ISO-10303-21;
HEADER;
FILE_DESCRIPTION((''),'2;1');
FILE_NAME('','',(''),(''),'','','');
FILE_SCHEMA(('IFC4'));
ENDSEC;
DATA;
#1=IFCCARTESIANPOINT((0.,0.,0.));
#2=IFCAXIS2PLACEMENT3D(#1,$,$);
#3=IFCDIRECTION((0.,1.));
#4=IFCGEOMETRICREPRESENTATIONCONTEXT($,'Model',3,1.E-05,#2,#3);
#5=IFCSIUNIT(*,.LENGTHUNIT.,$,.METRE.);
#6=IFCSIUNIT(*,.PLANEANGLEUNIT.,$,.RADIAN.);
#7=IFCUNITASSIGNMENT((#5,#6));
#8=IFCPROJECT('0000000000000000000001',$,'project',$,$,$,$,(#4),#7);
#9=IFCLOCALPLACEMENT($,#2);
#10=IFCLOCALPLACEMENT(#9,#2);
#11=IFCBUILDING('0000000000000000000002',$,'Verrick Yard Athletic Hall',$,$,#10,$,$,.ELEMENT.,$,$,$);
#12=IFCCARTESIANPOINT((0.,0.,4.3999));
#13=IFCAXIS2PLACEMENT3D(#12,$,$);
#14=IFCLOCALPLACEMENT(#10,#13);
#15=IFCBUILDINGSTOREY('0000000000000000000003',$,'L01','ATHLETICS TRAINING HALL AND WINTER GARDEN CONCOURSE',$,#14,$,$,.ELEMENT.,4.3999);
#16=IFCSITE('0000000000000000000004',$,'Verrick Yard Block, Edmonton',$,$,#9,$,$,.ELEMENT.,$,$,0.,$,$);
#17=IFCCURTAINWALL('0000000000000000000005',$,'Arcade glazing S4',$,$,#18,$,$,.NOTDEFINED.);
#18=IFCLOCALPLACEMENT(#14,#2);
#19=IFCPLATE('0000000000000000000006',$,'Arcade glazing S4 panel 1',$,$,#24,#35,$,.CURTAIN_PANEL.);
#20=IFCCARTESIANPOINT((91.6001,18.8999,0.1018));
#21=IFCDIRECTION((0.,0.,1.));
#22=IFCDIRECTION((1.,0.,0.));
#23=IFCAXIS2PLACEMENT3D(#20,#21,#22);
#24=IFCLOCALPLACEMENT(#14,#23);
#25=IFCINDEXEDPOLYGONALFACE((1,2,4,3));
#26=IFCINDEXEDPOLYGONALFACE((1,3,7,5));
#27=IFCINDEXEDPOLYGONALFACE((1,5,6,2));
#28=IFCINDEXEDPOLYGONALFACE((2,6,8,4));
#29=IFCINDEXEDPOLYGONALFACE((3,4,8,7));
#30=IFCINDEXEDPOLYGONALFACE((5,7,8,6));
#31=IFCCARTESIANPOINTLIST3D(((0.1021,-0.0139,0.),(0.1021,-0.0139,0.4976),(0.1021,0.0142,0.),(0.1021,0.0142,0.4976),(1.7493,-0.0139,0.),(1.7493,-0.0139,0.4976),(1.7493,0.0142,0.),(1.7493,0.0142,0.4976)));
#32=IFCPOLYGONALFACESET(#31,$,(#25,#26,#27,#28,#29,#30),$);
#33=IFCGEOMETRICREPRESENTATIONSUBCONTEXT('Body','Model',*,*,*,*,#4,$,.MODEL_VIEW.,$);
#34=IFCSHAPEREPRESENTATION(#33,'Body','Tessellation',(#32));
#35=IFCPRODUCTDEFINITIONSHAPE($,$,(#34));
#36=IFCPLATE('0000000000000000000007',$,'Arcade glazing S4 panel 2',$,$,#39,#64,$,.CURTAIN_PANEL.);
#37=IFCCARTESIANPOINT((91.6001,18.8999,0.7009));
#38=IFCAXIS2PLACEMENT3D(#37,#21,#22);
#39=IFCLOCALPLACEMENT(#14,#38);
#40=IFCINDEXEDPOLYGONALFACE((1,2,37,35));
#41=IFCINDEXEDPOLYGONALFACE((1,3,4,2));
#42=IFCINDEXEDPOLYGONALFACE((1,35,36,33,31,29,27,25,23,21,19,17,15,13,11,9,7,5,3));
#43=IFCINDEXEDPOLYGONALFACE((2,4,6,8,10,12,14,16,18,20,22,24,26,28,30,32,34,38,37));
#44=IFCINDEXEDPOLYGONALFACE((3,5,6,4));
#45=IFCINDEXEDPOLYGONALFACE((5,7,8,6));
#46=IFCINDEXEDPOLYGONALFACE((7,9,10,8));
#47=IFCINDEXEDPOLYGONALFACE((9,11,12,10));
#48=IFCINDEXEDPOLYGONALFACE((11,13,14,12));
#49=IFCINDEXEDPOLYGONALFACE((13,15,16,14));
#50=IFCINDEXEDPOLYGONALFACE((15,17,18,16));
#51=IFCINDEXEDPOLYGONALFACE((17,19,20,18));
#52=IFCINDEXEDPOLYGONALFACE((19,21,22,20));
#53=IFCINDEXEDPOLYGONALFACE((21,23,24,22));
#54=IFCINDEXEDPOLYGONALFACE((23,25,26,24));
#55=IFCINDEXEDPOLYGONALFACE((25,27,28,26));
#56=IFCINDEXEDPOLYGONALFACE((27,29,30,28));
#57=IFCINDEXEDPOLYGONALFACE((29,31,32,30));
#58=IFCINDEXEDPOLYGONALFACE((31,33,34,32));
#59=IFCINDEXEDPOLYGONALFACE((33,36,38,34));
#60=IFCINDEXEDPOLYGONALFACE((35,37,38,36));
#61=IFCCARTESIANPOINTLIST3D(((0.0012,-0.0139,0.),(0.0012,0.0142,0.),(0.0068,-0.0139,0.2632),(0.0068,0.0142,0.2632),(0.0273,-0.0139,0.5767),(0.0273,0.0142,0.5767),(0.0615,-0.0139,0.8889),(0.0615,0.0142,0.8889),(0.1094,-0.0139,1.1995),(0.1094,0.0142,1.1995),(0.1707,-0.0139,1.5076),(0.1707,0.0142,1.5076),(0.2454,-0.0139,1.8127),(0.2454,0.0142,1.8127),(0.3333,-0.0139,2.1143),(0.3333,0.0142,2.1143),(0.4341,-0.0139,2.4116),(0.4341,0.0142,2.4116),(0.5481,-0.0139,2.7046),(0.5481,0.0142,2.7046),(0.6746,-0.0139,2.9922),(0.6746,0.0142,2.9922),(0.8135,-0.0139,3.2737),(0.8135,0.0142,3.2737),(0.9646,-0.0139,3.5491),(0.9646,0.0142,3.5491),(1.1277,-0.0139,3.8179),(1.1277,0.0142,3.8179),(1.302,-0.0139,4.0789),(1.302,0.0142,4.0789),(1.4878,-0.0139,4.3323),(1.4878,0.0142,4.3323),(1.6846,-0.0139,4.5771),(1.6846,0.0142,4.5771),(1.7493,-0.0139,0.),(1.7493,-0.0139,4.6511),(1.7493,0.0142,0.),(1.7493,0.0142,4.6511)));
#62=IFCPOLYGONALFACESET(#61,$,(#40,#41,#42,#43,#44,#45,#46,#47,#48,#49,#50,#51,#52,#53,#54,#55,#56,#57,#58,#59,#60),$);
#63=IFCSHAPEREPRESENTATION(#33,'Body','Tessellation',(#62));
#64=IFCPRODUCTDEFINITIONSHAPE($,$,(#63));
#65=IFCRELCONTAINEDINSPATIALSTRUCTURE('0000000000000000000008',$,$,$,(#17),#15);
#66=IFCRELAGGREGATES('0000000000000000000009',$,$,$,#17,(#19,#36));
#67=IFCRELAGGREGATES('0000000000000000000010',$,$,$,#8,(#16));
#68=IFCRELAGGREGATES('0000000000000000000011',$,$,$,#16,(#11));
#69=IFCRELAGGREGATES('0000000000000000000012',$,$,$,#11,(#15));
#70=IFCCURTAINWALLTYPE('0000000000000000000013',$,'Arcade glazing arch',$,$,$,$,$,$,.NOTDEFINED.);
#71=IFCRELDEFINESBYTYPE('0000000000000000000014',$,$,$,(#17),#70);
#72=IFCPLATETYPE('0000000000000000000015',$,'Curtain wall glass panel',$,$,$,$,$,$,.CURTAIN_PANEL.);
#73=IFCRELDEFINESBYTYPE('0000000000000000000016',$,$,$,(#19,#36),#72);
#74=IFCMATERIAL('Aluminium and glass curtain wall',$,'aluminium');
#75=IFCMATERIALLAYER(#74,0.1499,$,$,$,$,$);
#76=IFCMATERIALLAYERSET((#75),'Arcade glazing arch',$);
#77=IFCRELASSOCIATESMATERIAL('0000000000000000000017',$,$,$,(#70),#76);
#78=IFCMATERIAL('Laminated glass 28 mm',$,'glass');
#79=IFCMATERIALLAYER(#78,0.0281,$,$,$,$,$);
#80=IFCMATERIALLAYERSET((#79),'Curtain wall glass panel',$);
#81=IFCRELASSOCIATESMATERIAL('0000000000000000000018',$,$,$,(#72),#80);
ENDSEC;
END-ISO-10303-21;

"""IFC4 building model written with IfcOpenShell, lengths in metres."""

from ifc_helpers import new_model, si_unit, direction, frame, origin, place, context, subcontext, project, spatial, polyline, outline, extrude, material, layer, layer_set, type_object, element, aggregate, save


model = new_model("IFC4")

# Units and contexts
model_context = context("Model", 3, precision=1e-05, world=origin(), true_north=direction((0.0, 1.0)))
body_context = subcontext(model_context, "Body", "Model", "MODEL_VIEW")
ifc_project = project(units=[si_unit("LENGTHUNIT", "METRE"), si_unit("PLANEANGLEUNIT", "RADIAN")], contexts=[model_context])

# Site, building, storey
site_placement = place(None, origin())
site = spatial("IfcSite", under=ifc_project, at=site_placement, Name="Verrick Yard Block, Edmonton", CompositionType="ELEMENT", RefElevation=0.0)
building_placement = place(site_placement, origin())
building = spatial("IfcBuilding", under=site, at=building_placement, Name="Verrick Yard Athletic Hall", CompositionType="ELEMENT")
storey_placement = place(building_placement, frame((0.0, 0.0, 4.3999)))
storey = spatial("IfcBuildingStorey", under=building, at=storey_placement, Name="L01", Description="ATHLETICS TRAINING HALL AND WINTER GARDEN CONCOURSE", CompositionType="ELEMENT", Elevation=4.3999)

# Shared definitions
ifc_material_1 = material(Name="Aluminium and glass curtain wall", Category="aluminium")
ifc_layer_1 = layer(ifc_material_1, 0.1499)
ifc_layer_set_1 = layer_set([ifc_layer_1], Name="Arcade glazing arch")
curtain_wall_type = type_object("IfcCurtainWallType", Name="Arcade glazing arch", PredefinedType="NOTDEFINED", material=ifc_layer_set_1)

# Curtain wall, plates
curtain_wall_1_placement = place(storey_placement, origin())
curtain_wall_1 = element("IfcCurtainWall", 1, at=curtain_wall_1_placement, inside=storey, type_object=curtain_wall_type, Name="Arcade glazing S4", PredefinedType="NOTDEFINED")
ifc_material_2 = material(Name="Laminated glass 28 mm", Category="glass")
ifc_layer_2 = layer(ifc_material_2, 0.0281)
ifc_layer_set_2 = layer_set([ifc_layer_2], Name="Curtain wall glass panel")
plate_type = type_object("IfcPlateType", Name="Curtain wall glass panel", PredefinedType="CURTAIN_PANEL", material=ifc_layer_set_2)
plate_1_placement = place(storey_placement, frame((91.6001, 18.8999, 0.1018), z_axis=(0.0, 0.0, 1.0), x_axis=(1.0, 0.0, 0.0)))
plate_1 = element("IfcPlate", 2, at=plate_1_placement, type_object=plate_type, Name="Arcade glazing S4 panel 1", PredefinedType="CURTAIN_PANEL", context=body_context, shape_type="SweptSolid", body=[
    extrude(outline(polyline([(1.7493, 0.0), (1.7493, 0.4976), (0.1021, 0.4976), (0.1021, 0.0), (1.7493, 0.0)])), frame((0.0, 0.0142, 0.0), z_axis=(0.0, -1.0, 0.0), x_axis=(1.0, 0.0, 0.0)), (0.0, 0.0, 1.0), 0.0281),
])
plate_2_placement = place(storey_placement, frame((91.6001, 18.8999, 0.7009), z_axis=(0.0, 0.0, 1.0), x_axis=(1.0, 0.0, 0.0)))
plate_2 = element("IfcPlate", 3, at=plate_2_placement, type_object=plate_type, Name="Arcade glazing S4 panel 2", PredefinedType="CURTAIN_PANEL", context=body_context, shape_type="SweptSolid", body=[
    extrude(outline(polyline([(1.7493, 4.6511), (1.6846, 4.5771), (1.4878, 4.3323), (1.302, 4.0789), (1.1277, 3.8179), (0.9646, 3.5491), (0.8135, 3.2737), (0.6746, 2.9922), (0.5481, 2.7046), (0.4341, 2.4116), (0.3333, 2.1143), (0.2454, 1.8127), (0.1707, 1.5076), (0.1094, 1.1995), (0.0615, 0.8889), (0.0273, 0.5767), (0.0068, 0.2632), (0.0012, 0.0), (1.7493, 0.0), (1.7493, 4.6511)])), frame((0.0, 0.0142, 0.0), z_axis=(0.0, -1.0, 0.0), x_axis=(1.0, 0.0, 0.0)), (0.0, 0.0, 1.0), 0.0281),
])
aggregate(curtain_wall_1, [plate_1, plate_2])

save(model, "model.ifc")
